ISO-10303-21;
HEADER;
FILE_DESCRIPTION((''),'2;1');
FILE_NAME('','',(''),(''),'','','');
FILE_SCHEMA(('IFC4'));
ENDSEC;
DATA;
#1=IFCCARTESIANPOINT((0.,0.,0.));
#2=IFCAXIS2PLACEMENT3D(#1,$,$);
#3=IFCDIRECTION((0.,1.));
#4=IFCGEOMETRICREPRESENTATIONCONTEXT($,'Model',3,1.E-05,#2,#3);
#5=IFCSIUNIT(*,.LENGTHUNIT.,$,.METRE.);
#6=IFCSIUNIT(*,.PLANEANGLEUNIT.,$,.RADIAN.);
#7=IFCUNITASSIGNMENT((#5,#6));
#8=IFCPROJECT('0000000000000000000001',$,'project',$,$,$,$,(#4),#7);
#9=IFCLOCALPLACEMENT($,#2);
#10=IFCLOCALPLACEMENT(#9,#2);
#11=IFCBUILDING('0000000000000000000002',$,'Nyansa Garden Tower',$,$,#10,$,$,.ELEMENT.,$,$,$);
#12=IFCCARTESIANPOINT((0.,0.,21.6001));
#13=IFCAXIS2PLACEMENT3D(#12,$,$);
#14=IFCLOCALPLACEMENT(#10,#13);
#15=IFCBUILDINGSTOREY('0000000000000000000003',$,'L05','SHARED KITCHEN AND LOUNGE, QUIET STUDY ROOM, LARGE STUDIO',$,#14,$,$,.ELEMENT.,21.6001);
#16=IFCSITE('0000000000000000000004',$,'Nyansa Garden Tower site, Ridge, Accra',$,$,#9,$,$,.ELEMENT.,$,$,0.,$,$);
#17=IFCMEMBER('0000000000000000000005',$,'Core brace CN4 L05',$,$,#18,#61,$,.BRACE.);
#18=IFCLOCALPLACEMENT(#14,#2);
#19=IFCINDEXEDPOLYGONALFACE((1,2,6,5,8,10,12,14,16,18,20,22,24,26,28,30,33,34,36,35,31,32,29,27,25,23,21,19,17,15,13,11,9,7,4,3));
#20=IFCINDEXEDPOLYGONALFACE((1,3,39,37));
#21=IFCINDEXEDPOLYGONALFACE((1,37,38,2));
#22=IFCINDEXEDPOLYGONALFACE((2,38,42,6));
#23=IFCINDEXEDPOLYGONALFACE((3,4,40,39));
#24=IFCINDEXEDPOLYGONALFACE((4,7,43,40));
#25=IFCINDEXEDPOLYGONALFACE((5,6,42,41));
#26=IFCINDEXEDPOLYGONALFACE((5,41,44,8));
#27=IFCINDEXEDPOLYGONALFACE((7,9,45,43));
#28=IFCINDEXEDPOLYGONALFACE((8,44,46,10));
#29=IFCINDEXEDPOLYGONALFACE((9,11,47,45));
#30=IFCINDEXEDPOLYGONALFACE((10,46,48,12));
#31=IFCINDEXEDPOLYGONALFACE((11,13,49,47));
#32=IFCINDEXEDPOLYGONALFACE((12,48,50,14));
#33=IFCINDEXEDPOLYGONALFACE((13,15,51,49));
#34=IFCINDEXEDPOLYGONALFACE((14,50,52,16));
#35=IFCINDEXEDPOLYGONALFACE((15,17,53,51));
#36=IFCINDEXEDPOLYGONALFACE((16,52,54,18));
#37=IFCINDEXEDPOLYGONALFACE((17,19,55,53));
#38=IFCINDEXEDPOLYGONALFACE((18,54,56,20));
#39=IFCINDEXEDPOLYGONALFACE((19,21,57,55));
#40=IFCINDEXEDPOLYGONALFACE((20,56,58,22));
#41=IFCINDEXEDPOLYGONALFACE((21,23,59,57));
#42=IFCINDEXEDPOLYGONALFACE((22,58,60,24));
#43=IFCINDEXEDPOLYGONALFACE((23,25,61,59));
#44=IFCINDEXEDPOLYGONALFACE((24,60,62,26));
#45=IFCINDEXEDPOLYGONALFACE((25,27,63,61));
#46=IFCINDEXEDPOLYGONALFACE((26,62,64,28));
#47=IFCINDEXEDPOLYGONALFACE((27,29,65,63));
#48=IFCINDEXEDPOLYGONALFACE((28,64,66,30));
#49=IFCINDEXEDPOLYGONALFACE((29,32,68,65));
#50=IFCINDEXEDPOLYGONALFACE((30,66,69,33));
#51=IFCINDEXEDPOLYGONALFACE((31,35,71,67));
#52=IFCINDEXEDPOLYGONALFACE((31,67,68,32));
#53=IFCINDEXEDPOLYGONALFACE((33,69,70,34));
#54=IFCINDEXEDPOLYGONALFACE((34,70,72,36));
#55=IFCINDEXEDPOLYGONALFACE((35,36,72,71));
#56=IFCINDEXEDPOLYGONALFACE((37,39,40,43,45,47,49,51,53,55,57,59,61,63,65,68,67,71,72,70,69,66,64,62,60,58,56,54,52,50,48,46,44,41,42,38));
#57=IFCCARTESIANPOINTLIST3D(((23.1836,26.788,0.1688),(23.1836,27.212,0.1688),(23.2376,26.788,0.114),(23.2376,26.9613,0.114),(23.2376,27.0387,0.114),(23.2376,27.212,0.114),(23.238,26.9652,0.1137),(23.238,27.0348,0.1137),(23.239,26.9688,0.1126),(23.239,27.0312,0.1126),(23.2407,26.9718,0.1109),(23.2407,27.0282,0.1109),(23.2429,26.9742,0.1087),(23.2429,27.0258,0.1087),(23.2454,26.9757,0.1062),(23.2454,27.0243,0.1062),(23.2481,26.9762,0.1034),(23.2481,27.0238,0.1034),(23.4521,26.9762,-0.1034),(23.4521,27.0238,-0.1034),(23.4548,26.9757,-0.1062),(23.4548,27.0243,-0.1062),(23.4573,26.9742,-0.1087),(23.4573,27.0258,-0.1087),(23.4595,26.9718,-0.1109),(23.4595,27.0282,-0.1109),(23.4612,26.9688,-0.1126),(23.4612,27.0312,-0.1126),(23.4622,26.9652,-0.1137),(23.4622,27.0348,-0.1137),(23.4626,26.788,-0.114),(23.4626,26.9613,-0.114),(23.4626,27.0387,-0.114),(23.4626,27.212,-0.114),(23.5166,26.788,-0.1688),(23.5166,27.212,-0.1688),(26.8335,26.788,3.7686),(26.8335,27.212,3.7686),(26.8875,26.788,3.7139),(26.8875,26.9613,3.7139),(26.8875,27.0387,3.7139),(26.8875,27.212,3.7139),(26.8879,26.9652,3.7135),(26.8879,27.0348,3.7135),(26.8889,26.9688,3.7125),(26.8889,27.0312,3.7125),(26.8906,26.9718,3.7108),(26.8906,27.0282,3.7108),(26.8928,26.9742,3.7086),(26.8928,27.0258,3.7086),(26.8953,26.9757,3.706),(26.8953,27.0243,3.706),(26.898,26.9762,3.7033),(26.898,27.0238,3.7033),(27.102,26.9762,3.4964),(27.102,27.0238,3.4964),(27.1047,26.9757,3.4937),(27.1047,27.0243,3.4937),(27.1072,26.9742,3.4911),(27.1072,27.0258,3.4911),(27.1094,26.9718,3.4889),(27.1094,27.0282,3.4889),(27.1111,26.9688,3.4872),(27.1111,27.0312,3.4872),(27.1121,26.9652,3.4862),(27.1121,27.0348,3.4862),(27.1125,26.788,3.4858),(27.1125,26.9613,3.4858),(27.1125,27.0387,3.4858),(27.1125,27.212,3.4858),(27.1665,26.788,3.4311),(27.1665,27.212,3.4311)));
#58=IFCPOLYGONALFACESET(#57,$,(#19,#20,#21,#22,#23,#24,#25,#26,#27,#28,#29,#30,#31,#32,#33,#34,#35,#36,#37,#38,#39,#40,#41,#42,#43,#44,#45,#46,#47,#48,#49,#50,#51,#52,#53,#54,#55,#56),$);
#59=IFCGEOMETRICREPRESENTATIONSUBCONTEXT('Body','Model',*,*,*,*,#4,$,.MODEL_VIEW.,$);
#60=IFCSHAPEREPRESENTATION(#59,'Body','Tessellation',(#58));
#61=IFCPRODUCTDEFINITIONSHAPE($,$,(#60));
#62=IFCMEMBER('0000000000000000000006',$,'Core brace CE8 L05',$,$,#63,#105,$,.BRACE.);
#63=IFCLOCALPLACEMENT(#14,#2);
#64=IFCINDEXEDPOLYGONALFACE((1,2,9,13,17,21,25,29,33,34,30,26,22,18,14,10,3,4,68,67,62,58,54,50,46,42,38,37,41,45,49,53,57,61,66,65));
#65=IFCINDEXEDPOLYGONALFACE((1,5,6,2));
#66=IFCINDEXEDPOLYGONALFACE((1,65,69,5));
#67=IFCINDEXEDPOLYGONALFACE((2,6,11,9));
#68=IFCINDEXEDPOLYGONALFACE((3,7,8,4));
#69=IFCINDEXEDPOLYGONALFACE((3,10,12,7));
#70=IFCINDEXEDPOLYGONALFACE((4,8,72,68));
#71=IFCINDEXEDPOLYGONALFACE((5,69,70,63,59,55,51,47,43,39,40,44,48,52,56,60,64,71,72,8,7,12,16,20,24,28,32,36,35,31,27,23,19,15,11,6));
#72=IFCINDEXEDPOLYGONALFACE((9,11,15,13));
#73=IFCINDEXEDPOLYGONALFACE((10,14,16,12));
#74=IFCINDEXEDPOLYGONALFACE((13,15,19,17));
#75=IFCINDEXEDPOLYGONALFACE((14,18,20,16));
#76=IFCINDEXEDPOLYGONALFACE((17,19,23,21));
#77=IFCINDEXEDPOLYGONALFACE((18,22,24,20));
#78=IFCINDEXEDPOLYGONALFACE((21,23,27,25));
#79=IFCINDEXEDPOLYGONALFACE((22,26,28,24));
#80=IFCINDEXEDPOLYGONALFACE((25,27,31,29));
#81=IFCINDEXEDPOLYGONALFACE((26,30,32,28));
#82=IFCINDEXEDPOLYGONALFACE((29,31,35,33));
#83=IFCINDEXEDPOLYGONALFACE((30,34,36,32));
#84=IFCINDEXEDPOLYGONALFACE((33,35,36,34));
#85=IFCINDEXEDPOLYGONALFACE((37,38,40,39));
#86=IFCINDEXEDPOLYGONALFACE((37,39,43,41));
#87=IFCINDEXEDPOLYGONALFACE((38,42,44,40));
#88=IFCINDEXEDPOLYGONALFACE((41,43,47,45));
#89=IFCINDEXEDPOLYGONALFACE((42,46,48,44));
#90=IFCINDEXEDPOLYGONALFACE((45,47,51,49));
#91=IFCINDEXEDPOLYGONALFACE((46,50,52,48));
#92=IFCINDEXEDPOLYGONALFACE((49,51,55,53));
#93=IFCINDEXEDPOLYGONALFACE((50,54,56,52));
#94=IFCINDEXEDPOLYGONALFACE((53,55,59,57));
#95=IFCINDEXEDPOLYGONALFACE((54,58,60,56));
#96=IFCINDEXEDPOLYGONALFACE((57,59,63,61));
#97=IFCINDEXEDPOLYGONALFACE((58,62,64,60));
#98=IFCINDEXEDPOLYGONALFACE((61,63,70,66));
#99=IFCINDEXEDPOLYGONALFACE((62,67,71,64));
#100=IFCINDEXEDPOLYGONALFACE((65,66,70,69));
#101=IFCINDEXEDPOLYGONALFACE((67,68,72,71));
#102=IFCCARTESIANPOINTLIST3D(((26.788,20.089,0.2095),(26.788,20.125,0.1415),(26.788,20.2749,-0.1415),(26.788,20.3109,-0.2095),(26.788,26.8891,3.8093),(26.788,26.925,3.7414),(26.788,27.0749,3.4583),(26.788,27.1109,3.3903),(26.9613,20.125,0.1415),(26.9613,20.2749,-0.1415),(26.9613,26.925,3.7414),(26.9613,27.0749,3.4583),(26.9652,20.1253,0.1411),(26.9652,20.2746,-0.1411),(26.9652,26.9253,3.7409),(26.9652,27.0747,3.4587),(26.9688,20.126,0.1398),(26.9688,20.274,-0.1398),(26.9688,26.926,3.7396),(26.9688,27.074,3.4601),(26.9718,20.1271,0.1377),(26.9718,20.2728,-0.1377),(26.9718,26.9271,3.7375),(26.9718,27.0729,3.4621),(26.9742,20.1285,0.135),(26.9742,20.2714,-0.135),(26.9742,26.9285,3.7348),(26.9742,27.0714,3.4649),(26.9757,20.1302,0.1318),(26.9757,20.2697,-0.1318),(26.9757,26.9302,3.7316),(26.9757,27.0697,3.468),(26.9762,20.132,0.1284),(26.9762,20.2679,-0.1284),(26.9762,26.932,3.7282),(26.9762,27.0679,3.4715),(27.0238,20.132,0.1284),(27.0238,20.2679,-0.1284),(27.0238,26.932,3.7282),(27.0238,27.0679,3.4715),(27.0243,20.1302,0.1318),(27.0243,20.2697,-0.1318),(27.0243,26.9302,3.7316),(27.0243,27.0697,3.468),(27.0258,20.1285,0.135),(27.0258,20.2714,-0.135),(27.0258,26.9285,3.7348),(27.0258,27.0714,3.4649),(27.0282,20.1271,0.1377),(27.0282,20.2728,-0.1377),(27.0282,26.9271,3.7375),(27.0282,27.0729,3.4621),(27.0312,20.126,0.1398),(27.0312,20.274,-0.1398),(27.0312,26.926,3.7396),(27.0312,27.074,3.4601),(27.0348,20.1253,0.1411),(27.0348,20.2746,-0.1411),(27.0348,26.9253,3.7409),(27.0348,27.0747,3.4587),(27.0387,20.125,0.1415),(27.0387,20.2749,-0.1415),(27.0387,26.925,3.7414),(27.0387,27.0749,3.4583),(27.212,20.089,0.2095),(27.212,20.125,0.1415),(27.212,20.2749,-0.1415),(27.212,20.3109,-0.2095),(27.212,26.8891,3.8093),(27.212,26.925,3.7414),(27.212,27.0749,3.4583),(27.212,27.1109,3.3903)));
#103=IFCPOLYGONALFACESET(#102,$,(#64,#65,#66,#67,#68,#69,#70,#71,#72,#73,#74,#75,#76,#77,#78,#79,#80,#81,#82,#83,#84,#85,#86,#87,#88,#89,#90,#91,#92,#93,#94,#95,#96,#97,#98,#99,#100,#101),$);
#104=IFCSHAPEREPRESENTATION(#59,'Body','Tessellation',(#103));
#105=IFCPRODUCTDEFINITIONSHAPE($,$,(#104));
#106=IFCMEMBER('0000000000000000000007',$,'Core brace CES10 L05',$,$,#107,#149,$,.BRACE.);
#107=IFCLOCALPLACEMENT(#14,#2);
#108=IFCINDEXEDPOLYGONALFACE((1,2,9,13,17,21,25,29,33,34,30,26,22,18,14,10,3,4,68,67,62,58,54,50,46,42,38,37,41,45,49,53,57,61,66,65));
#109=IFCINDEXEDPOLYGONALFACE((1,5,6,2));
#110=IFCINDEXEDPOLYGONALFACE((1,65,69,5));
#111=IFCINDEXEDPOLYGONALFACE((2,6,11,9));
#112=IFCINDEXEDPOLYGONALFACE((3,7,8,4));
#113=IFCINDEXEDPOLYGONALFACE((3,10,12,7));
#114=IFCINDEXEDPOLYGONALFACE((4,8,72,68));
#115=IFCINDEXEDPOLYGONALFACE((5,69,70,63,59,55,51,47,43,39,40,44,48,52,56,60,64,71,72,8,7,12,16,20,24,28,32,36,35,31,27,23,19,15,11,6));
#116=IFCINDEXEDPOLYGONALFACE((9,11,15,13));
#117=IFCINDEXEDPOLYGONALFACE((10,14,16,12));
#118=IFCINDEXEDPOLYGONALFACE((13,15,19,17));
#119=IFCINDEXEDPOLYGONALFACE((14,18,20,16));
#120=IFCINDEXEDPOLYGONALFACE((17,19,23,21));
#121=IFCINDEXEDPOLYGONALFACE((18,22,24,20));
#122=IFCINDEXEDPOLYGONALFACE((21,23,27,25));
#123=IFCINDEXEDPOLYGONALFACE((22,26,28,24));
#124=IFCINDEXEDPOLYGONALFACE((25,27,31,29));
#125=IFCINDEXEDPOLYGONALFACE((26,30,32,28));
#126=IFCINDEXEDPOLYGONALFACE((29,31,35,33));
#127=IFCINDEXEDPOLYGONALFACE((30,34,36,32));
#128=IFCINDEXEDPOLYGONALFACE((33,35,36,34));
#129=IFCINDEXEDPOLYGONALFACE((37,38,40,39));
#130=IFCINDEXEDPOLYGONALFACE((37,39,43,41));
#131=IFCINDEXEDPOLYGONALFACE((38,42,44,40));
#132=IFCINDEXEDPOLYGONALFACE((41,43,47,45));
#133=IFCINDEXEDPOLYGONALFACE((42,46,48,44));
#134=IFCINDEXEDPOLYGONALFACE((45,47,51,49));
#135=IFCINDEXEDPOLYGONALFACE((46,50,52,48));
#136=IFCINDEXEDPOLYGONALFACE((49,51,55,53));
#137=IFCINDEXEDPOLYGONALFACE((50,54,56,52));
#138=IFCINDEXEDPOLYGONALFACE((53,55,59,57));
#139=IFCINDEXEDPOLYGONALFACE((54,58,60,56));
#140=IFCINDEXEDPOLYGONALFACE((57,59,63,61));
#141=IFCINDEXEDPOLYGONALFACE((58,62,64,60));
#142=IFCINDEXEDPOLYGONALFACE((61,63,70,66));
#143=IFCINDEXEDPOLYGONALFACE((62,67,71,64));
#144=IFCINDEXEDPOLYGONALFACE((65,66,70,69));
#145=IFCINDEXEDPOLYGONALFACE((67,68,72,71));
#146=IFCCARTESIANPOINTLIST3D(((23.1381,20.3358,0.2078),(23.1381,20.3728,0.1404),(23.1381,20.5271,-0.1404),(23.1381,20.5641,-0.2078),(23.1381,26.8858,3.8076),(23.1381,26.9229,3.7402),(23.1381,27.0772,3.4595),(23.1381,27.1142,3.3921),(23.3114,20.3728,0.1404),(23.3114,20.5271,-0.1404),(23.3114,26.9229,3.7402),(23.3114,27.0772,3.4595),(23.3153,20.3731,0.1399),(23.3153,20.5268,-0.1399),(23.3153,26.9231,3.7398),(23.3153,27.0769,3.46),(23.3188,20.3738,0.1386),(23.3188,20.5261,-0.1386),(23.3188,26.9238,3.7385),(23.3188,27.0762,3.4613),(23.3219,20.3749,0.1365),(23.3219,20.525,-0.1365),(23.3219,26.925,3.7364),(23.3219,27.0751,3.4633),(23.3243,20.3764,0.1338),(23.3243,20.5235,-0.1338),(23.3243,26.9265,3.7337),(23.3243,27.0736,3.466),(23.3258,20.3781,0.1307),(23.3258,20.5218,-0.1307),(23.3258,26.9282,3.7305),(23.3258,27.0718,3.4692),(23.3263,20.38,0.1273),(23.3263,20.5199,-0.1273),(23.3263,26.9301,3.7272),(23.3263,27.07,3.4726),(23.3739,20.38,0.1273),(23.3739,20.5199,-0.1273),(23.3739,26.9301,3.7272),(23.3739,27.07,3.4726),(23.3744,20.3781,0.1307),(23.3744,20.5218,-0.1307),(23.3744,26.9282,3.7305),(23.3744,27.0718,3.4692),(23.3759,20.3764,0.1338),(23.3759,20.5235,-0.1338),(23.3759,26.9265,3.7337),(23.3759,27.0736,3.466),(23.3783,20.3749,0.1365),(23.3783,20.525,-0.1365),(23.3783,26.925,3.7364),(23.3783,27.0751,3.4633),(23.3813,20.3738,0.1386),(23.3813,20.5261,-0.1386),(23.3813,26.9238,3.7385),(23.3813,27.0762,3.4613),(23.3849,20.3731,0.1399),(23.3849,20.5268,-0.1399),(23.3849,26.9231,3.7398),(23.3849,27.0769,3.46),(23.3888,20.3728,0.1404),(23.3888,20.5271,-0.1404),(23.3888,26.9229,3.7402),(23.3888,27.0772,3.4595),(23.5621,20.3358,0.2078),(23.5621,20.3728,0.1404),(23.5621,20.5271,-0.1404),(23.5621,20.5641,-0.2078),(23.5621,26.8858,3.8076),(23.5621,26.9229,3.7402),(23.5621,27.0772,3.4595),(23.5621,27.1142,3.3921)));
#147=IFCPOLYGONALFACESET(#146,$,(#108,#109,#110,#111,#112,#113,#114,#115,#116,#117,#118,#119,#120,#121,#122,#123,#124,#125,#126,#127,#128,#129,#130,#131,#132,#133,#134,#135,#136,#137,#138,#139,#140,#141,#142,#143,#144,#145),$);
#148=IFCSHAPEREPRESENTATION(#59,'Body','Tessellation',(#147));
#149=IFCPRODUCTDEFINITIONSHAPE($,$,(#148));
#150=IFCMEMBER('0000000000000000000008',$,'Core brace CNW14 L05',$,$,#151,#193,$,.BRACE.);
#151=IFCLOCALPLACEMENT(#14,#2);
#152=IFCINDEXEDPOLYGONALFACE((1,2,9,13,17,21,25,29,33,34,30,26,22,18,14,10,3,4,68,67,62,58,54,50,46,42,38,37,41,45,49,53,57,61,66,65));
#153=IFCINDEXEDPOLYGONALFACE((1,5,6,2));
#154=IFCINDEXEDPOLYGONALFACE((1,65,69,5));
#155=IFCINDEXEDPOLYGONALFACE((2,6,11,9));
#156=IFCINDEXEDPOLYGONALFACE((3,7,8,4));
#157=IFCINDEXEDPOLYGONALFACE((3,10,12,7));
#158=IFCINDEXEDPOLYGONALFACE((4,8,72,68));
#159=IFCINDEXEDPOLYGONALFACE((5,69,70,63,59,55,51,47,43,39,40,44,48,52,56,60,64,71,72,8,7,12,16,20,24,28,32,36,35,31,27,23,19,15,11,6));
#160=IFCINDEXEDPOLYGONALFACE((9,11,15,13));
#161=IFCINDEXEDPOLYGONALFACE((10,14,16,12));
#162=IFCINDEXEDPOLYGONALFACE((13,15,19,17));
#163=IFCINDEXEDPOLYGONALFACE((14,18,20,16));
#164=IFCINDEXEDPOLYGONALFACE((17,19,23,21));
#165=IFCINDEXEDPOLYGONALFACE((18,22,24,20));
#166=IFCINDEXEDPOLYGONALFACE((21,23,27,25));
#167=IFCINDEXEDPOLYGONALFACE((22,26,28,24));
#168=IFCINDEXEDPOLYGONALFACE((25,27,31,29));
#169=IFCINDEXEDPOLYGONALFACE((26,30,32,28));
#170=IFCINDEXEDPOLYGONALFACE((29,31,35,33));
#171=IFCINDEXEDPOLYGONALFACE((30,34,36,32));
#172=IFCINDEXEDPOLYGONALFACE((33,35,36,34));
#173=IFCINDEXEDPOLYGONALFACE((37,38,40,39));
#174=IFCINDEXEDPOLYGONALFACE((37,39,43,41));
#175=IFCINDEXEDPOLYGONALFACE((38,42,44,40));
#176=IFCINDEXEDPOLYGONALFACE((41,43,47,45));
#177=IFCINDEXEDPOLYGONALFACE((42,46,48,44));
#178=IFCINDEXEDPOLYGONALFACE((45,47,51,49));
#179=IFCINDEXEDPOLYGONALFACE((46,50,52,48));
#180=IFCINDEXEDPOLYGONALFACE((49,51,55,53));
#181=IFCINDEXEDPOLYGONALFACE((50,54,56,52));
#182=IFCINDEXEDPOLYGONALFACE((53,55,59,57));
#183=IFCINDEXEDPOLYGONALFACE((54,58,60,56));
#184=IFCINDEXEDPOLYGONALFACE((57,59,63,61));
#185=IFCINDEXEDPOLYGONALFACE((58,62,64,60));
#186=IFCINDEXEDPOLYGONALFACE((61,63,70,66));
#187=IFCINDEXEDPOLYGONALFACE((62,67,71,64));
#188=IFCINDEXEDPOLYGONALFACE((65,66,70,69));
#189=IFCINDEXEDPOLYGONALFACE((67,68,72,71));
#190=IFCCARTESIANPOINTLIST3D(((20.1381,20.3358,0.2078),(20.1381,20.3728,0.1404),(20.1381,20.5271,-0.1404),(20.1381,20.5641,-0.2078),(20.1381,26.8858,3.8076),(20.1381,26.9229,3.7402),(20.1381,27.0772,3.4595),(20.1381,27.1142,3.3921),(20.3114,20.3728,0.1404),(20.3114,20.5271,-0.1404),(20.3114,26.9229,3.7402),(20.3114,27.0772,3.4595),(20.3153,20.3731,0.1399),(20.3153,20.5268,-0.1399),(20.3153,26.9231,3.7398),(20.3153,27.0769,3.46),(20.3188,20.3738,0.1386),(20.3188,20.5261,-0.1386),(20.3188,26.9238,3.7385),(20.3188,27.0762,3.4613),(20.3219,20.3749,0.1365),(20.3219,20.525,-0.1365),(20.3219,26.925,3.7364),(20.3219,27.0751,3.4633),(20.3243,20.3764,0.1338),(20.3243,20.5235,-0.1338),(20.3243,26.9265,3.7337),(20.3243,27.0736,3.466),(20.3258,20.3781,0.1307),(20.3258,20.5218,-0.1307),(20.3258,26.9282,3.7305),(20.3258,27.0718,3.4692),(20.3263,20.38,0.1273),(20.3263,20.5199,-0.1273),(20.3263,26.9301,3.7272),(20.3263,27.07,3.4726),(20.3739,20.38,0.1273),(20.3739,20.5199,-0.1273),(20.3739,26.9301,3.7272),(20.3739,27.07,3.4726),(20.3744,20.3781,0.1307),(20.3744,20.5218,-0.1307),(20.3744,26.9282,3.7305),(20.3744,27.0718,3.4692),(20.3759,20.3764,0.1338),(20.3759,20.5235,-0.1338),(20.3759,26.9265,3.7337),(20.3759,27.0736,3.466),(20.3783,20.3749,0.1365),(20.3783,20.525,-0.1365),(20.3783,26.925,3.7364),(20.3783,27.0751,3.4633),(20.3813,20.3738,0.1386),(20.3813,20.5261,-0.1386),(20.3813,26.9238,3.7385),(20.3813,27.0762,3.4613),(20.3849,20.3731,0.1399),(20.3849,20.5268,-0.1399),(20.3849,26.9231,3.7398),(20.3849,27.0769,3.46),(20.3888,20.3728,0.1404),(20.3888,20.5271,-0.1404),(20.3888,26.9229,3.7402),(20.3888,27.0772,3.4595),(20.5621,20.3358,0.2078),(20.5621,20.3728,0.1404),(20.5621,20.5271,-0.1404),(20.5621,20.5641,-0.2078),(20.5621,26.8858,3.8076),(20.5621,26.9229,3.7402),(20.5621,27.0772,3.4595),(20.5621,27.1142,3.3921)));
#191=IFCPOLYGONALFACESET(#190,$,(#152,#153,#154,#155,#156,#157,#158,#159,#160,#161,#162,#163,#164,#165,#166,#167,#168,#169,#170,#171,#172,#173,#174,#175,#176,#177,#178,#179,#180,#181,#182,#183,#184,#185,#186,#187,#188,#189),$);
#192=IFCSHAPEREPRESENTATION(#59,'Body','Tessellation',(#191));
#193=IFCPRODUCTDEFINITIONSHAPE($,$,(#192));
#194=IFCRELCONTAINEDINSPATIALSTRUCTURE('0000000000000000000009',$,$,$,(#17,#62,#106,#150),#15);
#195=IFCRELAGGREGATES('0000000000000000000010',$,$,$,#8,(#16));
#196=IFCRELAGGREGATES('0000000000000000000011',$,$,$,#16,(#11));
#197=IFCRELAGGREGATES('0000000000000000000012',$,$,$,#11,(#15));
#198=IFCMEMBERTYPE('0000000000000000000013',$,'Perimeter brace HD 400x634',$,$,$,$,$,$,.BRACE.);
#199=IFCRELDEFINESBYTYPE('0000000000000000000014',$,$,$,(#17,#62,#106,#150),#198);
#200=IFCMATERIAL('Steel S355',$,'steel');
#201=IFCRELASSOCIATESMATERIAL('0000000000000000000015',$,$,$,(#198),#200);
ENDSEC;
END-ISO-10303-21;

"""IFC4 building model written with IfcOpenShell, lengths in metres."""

from ifc_helpers import new_model, si_unit, direction, frame, origin, origin_2d, place, context, subcontext, project, spatial, i_section, extrude, material, material_profile, profile_set, type_object, element, save


model = new_model("IFC4")

# Units and contexts
model_context = context("Model", 3, precision=1e-05, world=origin(), true_north=direction((0.0, 1.0)))
body_context = subcontext(model_context, "Body", "Model", "MODEL_VIEW")
ifc_project = project(units=[si_unit("LENGTHUNIT", "METRE"), si_unit("PLANEANGLEUNIT", "RADIAN")], contexts=[model_context])

# Site, building, storey
site_placement = place(None, origin())
site = spatial("IfcSite", under=ifc_project, at=site_placement, Name="Nyansa Garden Tower site, Ridge, Accra", CompositionType="ELEMENT", RefElevation=0.0)
building_placement = place(site_placement, origin())
building = spatial("IfcBuilding", under=site, at=building_placement, Name="Nyansa Garden Tower", CompositionType="ELEMENT")
storey_placement = place(building_placement, frame((0.0, 0.0, 21.6001)))
storey = spatial("IfcBuildingStorey", under=building, at=storey_placement, Name="L05", Description="SHARED KITCHEN AND LOUNGE, QUIET STUDY ROOM, LARGE STUDIO", CompositionType="ELEMENT", Elevation=21.6001)

# Members
ifc_material_1 = material(Name="Steel S355", Category="steel")
ifc_material_profile_1 = material_profile(ifc_material_1, i_section(OverallWidth=0.4241, OverallDepth=0.4741, WebThickness=0.0476, FlangeThickness=0.0769, FilletRadius=0.0149, at=origin_2d()), Name="HD 400x634")
ifc_profile_set_1 = profile_set([ifc_material_profile_1], Name="Steel S355")
member_type = type_object("IfcMemberType", Name="Perimeter brace HD 400x634", PredefinedType="BRACE", material=ifc_profile_set_1)
member_1_placement = place(storey_placement, frame((23.3501, 27.0, 0.0), z_axis=(0.711971, 0.0, 0.702209), x_axis=(0.0, 1.0, 0.0)))
element("IfcMember", 1, at=member_1_placement, inside=storey, type_object=member_type, Name="Core brace CN4 L05", PredefinedType="BRACE", context=body_context, shape_type="SweptSolid", body=[
    extrude(i_section(OverallWidth=0.4241, OverallDepth=0.4741, WebThickness=0.0476, FlangeThickness=0.0769, FilletRadius=0.0149, at=origin_2d()), origin(), (0.0, 0.0, 1.0), 5.1265),
])
member_2_placement = place(storey_placement, frame((27.0, 20.2, 0.0), z_axis=(0.0, 0.883797, 0.46787), x_axis=(-1.0, 0.0, 0.0)))
element("IfcMember", 2, at=member_2_placement, inside=storey, type_object=member_type, Name="Core brace CE8 L05", PredefinedType="BRACE", context=body_context, shape_type="SweptSolid", body=[
    extrude(i_section(OverallWidth=0.4241, OverallDepth=0.4741, WebThickness=0.0476, FlangeThickness=0.0769, FilletRadius=0.0149, at=origin_2d()), origin(), (0.0, 0.0, 1.0), 7.6941),
])
for number, where, z_axis, x_axis, name in (
    (3, (23.3501, 20.45, 0.0), (0.0, 0.876367, 0.481644), (-1.0, 0.0, 0.0), "Core brace CES10 L05"),
    (4, (20.3501, 20.45, 0.0), (0.0, 0.876367, 0.481644), (-1.0, 0.0, 0.0), "Core brace CNW14 L05"),
):
    element("IfcMember", number, at=place(storey_placement, frame(where, z_axis=z_axis, x_axis=x_axis)), inside=storey, type_object=member_type, Name=name, PredefinedType="BRACE", context=body_context, shape_type="SweptSolid", body=[
        extrude(i_section(OverallWidth=0.4241, OverallDepth=0.4741, WebThickness=0.0476, FlangeThickness=0.0769, FilletRadius=0.0149, at=origin_2d()), origin(), (0.0, 0.0, 1.0), 7.4741),
    ])

save(model, "model.ifc")
